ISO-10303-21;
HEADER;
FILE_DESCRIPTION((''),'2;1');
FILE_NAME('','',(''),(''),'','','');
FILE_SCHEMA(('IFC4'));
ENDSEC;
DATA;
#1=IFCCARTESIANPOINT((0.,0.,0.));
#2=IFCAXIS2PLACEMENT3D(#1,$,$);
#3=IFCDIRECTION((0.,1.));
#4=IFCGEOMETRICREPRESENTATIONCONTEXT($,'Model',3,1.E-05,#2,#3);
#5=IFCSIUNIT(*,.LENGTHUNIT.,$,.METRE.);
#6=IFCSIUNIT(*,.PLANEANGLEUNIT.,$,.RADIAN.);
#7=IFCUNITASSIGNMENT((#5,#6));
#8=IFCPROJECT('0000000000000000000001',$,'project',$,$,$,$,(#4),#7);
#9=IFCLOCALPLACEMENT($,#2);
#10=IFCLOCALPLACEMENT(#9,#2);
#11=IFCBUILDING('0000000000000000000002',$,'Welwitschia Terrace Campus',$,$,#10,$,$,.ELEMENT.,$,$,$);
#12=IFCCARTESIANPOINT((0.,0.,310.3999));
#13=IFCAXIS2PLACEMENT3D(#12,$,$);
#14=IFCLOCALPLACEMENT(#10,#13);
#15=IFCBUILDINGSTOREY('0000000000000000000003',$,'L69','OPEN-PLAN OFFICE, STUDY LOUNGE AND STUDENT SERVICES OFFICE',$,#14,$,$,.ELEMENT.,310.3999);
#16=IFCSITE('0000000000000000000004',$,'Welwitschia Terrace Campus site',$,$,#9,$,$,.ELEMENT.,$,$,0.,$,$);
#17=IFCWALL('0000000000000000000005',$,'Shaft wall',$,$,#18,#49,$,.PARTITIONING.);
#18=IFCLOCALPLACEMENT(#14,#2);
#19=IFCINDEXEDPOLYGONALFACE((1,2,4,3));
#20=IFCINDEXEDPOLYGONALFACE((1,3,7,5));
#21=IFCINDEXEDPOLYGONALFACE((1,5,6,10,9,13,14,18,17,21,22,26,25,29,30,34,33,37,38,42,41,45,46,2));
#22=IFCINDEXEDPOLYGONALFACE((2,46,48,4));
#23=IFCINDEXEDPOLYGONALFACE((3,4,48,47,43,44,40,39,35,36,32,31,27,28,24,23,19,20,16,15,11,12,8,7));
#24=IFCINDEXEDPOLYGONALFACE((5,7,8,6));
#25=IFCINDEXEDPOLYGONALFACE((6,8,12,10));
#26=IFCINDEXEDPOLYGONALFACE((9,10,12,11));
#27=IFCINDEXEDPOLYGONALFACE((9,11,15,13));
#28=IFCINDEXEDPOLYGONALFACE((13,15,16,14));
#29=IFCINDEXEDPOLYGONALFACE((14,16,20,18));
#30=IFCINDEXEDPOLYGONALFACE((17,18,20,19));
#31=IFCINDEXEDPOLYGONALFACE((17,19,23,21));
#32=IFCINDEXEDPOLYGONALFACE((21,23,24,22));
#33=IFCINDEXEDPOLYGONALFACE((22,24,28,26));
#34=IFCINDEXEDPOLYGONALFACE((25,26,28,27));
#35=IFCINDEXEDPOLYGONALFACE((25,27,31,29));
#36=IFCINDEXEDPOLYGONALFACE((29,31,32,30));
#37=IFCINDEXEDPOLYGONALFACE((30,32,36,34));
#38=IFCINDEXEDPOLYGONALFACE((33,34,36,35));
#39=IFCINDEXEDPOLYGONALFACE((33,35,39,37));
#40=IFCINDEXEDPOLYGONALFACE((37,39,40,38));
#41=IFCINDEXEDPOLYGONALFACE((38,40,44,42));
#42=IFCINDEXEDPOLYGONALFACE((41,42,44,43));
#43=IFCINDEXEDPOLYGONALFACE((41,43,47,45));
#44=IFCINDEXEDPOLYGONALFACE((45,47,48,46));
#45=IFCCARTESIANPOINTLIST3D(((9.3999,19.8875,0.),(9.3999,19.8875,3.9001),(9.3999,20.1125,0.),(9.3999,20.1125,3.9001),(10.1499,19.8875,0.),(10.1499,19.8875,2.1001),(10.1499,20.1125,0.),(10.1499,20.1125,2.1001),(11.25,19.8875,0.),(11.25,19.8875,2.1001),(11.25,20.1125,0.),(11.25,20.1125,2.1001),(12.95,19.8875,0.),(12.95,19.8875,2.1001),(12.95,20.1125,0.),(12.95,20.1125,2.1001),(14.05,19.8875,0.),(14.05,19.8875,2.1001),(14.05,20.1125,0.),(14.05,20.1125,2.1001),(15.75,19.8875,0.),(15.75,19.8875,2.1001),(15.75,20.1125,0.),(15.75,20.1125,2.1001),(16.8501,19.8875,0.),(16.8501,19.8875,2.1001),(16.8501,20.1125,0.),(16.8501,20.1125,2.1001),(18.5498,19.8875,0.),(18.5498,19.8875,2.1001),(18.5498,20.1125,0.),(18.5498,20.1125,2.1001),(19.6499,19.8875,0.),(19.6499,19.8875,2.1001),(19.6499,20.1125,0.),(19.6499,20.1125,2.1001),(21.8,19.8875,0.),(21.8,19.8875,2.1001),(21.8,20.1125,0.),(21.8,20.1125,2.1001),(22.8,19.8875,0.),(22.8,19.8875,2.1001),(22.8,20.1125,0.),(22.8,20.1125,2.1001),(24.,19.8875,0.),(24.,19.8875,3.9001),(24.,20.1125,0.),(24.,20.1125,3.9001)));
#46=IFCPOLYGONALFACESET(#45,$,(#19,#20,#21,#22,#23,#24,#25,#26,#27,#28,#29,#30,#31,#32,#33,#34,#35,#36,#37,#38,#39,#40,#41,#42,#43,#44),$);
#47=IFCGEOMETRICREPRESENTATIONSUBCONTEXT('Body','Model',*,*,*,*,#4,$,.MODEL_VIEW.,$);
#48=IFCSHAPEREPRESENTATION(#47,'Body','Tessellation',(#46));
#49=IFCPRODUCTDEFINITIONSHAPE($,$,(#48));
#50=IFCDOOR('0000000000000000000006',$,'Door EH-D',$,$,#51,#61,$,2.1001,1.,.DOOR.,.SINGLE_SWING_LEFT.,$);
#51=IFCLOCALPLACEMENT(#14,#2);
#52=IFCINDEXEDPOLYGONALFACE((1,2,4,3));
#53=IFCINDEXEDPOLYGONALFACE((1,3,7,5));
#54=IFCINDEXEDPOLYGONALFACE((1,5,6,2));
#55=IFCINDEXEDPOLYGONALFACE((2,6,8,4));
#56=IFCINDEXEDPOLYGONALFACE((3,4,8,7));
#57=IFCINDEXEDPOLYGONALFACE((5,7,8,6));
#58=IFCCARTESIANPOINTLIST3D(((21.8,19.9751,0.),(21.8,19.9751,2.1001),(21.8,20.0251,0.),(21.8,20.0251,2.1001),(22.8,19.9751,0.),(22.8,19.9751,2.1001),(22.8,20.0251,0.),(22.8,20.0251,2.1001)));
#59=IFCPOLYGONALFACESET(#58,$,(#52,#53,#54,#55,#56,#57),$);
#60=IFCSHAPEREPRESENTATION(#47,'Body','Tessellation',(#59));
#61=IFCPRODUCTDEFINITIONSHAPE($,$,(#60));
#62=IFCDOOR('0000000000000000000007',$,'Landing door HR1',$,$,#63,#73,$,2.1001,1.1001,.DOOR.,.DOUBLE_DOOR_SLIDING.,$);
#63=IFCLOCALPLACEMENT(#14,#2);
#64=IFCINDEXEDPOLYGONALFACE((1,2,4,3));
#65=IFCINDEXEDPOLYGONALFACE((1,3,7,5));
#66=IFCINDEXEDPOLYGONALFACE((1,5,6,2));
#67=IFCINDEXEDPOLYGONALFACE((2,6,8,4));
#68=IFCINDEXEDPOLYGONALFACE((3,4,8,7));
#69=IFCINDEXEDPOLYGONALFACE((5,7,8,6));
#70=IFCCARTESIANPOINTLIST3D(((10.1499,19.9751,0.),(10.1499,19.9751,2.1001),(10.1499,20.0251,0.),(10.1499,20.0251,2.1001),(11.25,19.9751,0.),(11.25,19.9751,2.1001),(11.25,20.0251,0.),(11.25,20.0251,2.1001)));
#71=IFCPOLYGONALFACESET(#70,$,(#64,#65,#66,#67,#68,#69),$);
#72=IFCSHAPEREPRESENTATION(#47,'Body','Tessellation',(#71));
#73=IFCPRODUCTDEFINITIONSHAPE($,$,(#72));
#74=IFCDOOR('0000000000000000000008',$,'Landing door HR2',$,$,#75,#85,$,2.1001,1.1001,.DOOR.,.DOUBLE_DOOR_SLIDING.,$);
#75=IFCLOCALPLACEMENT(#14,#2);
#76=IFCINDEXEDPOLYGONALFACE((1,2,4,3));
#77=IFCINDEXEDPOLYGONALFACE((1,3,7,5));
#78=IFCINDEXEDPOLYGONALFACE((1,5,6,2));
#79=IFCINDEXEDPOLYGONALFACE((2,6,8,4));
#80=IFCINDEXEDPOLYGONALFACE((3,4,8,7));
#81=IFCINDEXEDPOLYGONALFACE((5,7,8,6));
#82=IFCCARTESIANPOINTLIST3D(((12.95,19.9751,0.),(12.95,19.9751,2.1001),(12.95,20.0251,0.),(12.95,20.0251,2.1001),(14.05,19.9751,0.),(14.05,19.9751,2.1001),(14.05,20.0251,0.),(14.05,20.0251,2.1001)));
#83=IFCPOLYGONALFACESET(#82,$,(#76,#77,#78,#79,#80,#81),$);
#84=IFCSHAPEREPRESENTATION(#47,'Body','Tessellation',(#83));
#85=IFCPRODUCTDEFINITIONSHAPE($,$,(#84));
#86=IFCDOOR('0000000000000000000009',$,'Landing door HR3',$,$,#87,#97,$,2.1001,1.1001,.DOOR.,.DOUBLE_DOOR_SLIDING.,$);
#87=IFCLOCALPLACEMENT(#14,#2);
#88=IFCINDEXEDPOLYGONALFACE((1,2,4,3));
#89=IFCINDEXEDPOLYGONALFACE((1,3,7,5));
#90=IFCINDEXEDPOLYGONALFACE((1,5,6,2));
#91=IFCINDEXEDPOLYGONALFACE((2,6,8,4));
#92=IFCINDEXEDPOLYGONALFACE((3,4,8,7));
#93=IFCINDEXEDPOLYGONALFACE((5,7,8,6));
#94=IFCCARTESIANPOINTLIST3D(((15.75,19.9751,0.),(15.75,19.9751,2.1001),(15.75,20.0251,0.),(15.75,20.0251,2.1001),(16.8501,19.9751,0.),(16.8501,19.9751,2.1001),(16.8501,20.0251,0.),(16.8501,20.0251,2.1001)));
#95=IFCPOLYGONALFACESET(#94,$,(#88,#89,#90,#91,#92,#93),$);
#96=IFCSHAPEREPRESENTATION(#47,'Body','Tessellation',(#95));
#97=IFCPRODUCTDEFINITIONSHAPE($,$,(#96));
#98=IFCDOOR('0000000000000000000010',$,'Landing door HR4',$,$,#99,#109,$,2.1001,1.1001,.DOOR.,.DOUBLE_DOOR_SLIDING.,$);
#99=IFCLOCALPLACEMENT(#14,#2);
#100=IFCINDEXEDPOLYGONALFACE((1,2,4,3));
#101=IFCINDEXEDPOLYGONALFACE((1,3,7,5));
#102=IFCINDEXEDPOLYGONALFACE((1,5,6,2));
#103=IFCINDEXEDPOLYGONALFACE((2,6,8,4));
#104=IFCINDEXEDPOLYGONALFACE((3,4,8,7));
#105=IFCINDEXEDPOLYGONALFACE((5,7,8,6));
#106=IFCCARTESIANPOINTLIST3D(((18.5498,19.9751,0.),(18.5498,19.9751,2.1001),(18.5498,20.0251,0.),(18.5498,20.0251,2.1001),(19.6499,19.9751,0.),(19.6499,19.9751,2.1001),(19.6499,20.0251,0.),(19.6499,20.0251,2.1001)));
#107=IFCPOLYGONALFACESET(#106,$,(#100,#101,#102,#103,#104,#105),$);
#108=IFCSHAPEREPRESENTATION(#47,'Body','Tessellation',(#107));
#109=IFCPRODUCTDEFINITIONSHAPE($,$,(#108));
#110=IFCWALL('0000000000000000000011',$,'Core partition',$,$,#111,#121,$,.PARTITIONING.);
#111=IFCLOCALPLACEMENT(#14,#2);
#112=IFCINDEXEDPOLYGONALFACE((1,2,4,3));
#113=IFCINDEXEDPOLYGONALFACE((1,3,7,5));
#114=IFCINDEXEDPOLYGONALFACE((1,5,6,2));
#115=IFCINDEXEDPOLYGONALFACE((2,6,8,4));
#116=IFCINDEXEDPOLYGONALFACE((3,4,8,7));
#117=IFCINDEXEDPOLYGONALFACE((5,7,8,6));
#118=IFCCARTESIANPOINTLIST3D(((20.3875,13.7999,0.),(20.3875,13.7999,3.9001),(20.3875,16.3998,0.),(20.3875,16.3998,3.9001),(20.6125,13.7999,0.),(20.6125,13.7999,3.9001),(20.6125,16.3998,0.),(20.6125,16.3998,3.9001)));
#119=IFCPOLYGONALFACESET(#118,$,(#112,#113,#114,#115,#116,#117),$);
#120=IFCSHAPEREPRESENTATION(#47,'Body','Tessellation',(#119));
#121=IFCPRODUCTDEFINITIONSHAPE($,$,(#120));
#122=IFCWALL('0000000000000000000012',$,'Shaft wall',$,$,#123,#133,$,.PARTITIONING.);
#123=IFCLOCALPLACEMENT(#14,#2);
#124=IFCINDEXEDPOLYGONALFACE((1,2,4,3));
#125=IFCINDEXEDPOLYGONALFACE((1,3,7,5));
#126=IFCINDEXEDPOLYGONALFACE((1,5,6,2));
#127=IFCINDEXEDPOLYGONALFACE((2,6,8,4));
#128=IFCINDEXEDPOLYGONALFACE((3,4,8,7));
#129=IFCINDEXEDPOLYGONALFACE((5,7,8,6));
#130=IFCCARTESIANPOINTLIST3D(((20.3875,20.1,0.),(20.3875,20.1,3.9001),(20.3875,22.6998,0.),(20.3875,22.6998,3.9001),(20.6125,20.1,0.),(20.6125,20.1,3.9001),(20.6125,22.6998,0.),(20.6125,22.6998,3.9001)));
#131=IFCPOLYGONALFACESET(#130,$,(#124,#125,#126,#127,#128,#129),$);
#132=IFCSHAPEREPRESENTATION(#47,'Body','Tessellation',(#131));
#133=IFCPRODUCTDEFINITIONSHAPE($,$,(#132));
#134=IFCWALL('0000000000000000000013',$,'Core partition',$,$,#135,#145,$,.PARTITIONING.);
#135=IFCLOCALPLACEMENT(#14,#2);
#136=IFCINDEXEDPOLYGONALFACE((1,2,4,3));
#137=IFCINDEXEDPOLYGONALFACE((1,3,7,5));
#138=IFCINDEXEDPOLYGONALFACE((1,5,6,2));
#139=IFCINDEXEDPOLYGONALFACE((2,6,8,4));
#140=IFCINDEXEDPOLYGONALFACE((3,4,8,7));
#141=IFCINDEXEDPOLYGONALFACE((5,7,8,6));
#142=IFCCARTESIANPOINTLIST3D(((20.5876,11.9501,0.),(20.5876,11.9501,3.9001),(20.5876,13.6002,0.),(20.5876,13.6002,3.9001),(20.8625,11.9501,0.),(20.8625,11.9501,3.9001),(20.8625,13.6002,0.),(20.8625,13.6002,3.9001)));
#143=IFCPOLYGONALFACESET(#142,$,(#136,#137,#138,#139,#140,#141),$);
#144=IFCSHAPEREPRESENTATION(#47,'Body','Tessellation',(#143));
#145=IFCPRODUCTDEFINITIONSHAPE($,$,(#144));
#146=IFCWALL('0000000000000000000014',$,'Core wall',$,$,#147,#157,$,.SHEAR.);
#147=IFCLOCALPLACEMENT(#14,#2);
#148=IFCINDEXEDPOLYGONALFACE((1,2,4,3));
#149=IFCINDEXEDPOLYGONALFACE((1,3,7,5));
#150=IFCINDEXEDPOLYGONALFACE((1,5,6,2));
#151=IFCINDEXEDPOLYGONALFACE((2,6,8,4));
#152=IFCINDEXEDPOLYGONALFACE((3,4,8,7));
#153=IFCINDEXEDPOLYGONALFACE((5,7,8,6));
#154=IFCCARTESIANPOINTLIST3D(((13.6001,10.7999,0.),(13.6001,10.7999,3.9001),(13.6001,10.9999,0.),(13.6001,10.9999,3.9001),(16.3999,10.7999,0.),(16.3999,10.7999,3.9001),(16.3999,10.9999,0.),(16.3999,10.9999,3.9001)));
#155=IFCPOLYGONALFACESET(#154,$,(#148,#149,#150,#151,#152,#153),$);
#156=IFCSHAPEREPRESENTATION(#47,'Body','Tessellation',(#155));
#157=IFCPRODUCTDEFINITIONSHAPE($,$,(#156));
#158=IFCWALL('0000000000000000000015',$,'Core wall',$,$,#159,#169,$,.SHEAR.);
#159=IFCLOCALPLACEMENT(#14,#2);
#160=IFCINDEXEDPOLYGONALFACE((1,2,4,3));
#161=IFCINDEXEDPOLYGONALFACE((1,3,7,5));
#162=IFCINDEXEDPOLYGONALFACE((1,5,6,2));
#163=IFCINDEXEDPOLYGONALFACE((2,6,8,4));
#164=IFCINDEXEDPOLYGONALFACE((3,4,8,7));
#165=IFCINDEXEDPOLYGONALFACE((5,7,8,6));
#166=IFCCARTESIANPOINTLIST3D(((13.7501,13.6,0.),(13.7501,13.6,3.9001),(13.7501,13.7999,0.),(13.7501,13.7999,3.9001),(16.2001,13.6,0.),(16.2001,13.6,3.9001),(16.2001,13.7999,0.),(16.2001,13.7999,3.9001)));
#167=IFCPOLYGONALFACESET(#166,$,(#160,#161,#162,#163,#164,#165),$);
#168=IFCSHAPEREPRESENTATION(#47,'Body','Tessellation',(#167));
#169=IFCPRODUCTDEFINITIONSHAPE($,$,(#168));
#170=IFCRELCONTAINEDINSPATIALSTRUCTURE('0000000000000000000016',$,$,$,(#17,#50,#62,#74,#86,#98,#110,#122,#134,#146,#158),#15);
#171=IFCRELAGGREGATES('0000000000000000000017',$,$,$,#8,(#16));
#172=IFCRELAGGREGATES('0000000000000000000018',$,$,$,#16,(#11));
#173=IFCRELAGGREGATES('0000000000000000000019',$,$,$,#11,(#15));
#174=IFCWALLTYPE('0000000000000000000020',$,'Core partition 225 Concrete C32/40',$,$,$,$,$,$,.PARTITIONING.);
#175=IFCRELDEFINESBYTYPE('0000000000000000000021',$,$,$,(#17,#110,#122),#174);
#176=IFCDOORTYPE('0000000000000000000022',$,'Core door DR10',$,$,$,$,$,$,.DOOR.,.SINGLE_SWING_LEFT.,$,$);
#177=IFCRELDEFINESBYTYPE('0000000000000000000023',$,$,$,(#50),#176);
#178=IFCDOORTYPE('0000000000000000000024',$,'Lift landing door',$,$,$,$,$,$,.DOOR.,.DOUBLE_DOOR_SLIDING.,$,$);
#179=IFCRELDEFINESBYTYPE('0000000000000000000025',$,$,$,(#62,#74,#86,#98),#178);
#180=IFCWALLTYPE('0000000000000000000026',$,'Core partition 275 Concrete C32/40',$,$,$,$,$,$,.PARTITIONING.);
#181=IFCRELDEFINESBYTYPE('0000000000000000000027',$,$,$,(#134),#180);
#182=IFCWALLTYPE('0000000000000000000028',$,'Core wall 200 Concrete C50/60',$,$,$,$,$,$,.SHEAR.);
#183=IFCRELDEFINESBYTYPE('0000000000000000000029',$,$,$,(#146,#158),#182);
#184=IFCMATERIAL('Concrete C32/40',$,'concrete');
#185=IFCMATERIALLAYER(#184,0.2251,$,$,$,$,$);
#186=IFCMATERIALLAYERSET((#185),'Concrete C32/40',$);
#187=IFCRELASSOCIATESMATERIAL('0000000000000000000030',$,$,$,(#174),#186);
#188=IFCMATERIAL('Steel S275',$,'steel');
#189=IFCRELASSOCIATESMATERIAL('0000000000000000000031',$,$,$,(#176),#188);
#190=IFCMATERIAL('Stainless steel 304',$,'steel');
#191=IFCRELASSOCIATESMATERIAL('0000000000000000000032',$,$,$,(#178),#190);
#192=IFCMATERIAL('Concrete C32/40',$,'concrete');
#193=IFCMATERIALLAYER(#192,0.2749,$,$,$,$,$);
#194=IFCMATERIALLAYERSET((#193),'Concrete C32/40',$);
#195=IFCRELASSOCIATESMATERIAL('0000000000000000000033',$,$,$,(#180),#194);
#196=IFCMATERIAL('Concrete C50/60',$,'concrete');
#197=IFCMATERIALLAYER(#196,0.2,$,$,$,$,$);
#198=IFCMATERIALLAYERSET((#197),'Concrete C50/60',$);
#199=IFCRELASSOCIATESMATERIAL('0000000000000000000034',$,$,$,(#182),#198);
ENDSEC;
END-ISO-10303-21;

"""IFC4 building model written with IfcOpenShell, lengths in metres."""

from ifc_helpers import new_model, si_unit, direction, frame, frame_2d, origin, place, context, subcontext, project, spatial, rectangle, extrude, material, layer, layer_set, type_object, element, fill, save


model = new_model("IFC4")

# Units and contexts
model_context = context("Model", 3, precision=1e-05, world=origin(), true_north=direction((0.0, 1.0)))
body_context = subcontext(model_context, "Body", "Model", "MODEL_VIEW")
ifc_project = project(units=[si_unit("LENGTHUNIT", "METRE"), si_unit("PLANEANGLEUNIT", "RADIAN")], contexts=[model_context])

# Site, building, storey
site_placement = place(None, origin())
site = spatial("IfcSite", under=ifc_project, at=site_placement, Name="Welwitschia Terrace Campus site", CompositionType="ELEMENT", RefElevation=0.0)
building_placement = place(site_placement, origin())
building = spatial("IfcBuilding", under=site, at=building_placement, Name="Welwitschia Terrace Campus", CompositionType="ELEMENT")
storey_placement = place(building_placement, frame((0.0, 0.0, 310.3999)))
storey = spatial("IfcBuildingStorey", under=building, at=storey_placement, Name="L69", Description="OPEN-PLAN OFFICE, STUDY LOUNGE AND STUDENT SERVICES OFFICE", CompositionType="ELEMENT", Elevation=310.3999)

# Shared definitions
ifc_material_1 = material(Name="Concrete C32/40", Category="concrete")
ifc_layer_1 = layer(ifc_material_1, 0.2251)
ifc_layer_set_1 = layer_set([ifc_layer_1], Name="Concrete C32/40")
wall_type_1 = type_object("IfcWallType", Name="Core partition 225 Concrete C32/40", PredefinedType="PARTITIONING", material=ifc_layer_set_1)

# Wall, openings, doors
wall_1_placement = place(storey_placement, frame((24.0, 20.0, 0.0), z_axis=(0.0, 0.0, 1.0), x_axis=(-1.0, 0.0, 0.0)))
wall_1 = element("IfcWall", 1, at=wall_1_placement, inside=storey, type_object=wall_type_1, Name="Shaft wall", PredefinedType="PARTITIONING", context=body_context, shape_type="SweptSolid", body=[
    extrude(rectangle(XDim=14.6001, YDim=0.2251, at=frame_2d((7.3, 0.0))), origin(), (0.0, 0.0, 1.0), 3.9001),
])
opening_1_placement = place(wall_1_placement, frame((12.75, 0.0, 0.0)))
opening_1 = element("IfcOpeningElement", 2, at=opening_1_placement, cuts=wall_1, PredefinedType="OPENING", context=body_context, shape_type="SweptSolid", body=[
    extrude(rectangle(XDim=1.1001, YDim=2.1001, at=frame_2d((0.55, 1.05))), frame((0.0, 0.1226, 0.0), z_axis=(0.0, -1.0, 0.0), x_axis=(1.0, 0.0, 0.0)), (0.0, 0.0, 1.0), 0.2451),
])
opening_2_placement = place(wall_1_placement, frame((9.95, 0.0, 0.0)))
opening_2 = element("IfcOpeningElement", 3, at=opening_2_placement, cuts=wall_1, PredefinedType="OPENING", context=body_context, shape_type="SweptSolid", body=[
    extrude(rectangle(XDim=1.1001, YDim=2.1001, at=frame_2d((0.55, 1.05))), frame((0.0, 0.1226, 0.0), z_axis=(0.0, -1.0, 0.0), x_axis=(1.0, 0.0, 0.0)), (0.0, 0.0, 1.0), 0.2451),
])
opening_3_placement = place(wall_1_placement, frame((7.1499, 0.0, 0.0)))
opening_3 = element("IfcOpeningElement", 4, at=opening_3_placement, cuts=wall_1, PredefinedType="OPENING", context=body_context, shape_type="SweptSolid", body=[
    extrude(rectangle(XDim=1.1001, YDim=2.1001, at=frame_2d((0.55, 1.05))), frame((0.0, 0.1226, 0.0), z_axis=(0.0, -1.0, 0.0), x_axis=(1.0, 0.0, 0.0)), (0.0, 0.0, 1.0), 0.2451),
])
opening_4_placement = place(wall_1_placement, frame((4.3501, 0.0, 0.0)))
opening_4 = element("IfcOpeningElement", 5, at=opening_4_placement, cuts=wall_1, PredefinedType="OPENING", context=body_context, shape_type="SweptSolid", body=[
    extrude(rectangle(XDim=1.1001, YDim=2.1001, at=frame_2d((0.55, 1.05))), frame((0.0, 0.1226, 0.0), z_axis=(0.0, -1.0, 0.0), x_axis=(1.0, 0.0, 0.0)), (0.0, 0.0, 1.0), 0.2451),
])
opening_5_placement = place(wall_1_placement, frame((1.2, 0.0, 0.0)))
opening_5 = element("IfcOpeningElement", 6, at=opening_5_placement, cuts=wall_1, PredefinedType="OPENING", context=body_context, shape_type="SweptSolid", body=[
    extrude(rectangle(XDim=1.0, YDim=2.1001, at=frame_2d((0.5, 1.05))), frame((0.0, 0.1226, 0.0), z_axis=(0.0, -1.0, 0.0), x_axis=(1.0, 0.0, 0.0)), (0.0, 0.0, 1.0), 0.2451),
])
ifc_material_2 = material(Name="Steel S275", Category="steel")
door_type_1 = type_object("IfcDoorType", Name="Core door DR10", OperationType="SINGLE_SWING_LEFT", PredefinedType="DOOR", material=ifc_material_2)
door_1_placement = place(opening_5_placement, origin())
door_1 = element("IfcDoor", 7, at=door_1_placement, inside=storey, type_object=door_type_1, Name="Door EH-D", OperationType="SINGLE_SWING_LEFT", OverallHeight=2.1001, OverallWidth=1.0, PredefinedType="DOOR", context=body_context, shape_type="SweptSolid", body=[
    extrude(rectangle(XDim=1.0, YDim=2.1001, at=frame_2d((0.5, 1.05))), frame((0.0, 0.0249, 0.0), z_axis=(0.0, -1.0, 0.0), x_axis=(1.0, 0.0, 0.0)), (0.0, 0.0, 1.0), 0.05),
])
fill(opening_5, door_1)
ifc_material_3 = material(Name="Stainless steel 304", Category="steel")
door_type_2 = type_object("IfcDoorType", Name="Lift landing door", OperationType="DOUBLE_DOOR_SLIDING", PredefinedType="DOOR", material=ifc_material_3)
door_2_placement = place(opening_1_placement, origin())
door_2 = element("IfcDoor", 8, at=door_2_placement, inside=storey, type_object=door_type_2, Name="Landing door HR1", OperationType="DOUBLE_DOOR_SLIDING", OverallHeight=2.1001, OverallWidth=1.1001, PredefinedType="DOOR", context=body_context, shape_type="SweptSolid", body=[
    extrude(rectangle(XDim=1.1001, YDim=2.1001, at=frame_2d((0.55, 1.05))), frame((0.0, 0.0249, 0.0), z_axis=(0.0, -1.0, 0.0), x_axis=(1.0, 0.0, 0.0)), (0.0, 0.0, 1.0), 0.05),
])
fill(opening_1, door_2)
door_3_placement = place(opening_2_placement, origin())
door_3 = element("IfcDoor", 9, at=door_3_placement, inside=storey, type_object=door_type_2, Name="Landing door HR2", OperationType="DOUBLE_DOOR_SLIDING", OverallHeight=2.1001, OverallWidth=1.1001, PredefinedType="DOOR", context=body_context, shape_type="SweptSolid", body=[
    extrude(rectangle(XDim=1.1001, YDim=2.1001, at=frame_2d((0.55, 1.05))), frame((0.0, 0.0249, 0.0), z_axis=(0.0, -1.0, 0.0), x_axis=(1.0, 0.0, 0.0)), (0.0, 0.0, 1.0), 0.05),
])
fill(opening_2, door_3)
door_4_placement = place(opening_3_placement, origin())
door_4 = element("IfcDoor", 10, at=door_4_placement, inside=storey, type_object=door_type_2, Name="Landing door HR3", OperationType="DOUBLE_DOOR_SLIDING", OverallHeight=2.1001, OverallWidth=1.1001, PredefinedType="DOOR", context=body_context, shape_type="SweptSolid", body=[
    extrude(rectangle(XDim=1.1001, YDim=2.1001, at=frame_2d((0.55, 1.05))), frame((0.0, 0.0249, 0.0), z_axis=(0.0, -1.0, 0.0), x_axis=(1.0, 0.0, 0.0)), (0.0, 0.0, 1.0), 0.05),
])
fill(opening_3, door_4)
door_5_placement = place(opening_4_placement, origin())
door_5 = element("IfcDoor", 11, at=door_5_placement, inside=storey, type_object=door_type_2, Name="Landing door HR4", OperationType="DOUBLE_DOOR_SLIDING", OverallHeight=2.1001, OverallWidth=1.1001, PredefinedType="DOOR", context=body_context, shape_type="SweptSolid", body=[
    extrude(rectangle(XDim=1.1001, YDim=2.1001, at=frame_2d((0.55, 1.05))), frame((0.0, 0.0249, 0.0), z_axis=(0.0, -1.0, 0.0), x_axis=(1.0, 0.0, 0.0)), (0.0, 0.0, 1.0), 0.05),
])
fill(opening_4, door_5)

# Walls
for number, where, z_axis, x_axis, name in (
    (12, (20.5, 13.8, 0.0), (0.0, 0.0, 1.0), (0.0, 1.0, 0.0), "Core partition"),
    (13, (20.5, 20.1001, 0.0), (0.0, 0.0, 1.0), (0.0, 1.0, 0.0), "Shaft wall"),
):
    element("IfcWall", number, at=place(storey_placement, frame(where, z_axis=z_axis, x_axis=x_axis)), inside=storey, type_object=wall_type_1, Name=name, PredefinedType="PARTITIONING", context=body_context, shape_type="SweptSolid", body=[
        extrude(rectangle(XDim=2.5999, YDim=0.2251, at=frame_2d((1.2998, 0.0))), origin(), (0.0, 0.0, 1.0), 3.9001),
    ])
ifc_material_4 = material(Name="Concrete C32/40", Category="concrete")
ifc_layer_2 = layer(ifc_material_4, 0.2749)
ifc_layer_set_2 = layer_set([ifc_layer_2], Name="Concrete C32/40")
wall_type_2 = type_object("IfcWallType", Name="Core partition 275 Concrete C32/40", PredefinedType="PARTITIONING", material=ifc_layer_set_2)
wall_2_placement = place(storey_placement, frame((20.7251, 11.95, 0.0), z_axis=(0.0, 0.0, 1.0), x_axis=(0.0, 1.0, 0.0)))
element("IfcWall", 14, at=wall_2_placement, inside=storey, type_object=wall_type_2, Name="Core partition", PredefinedType="PARTITIONING", context=body_context, shape_type="SweptSolid", body=[
    extrude(rectangle(XDim=1.6501, YDim=0.2749, at=frame_2d((0.8252, 0.0))), origin(), (0.0, 0.0, 1.0), 3.9001),
])
ifc_material_5 = material(Name="Concrete C50/60", Category="concrete")
ifc_layer_3 = layer(ifc_material_5, 0.2)
ifc_layer_set_3 = layer_set([ifc_layer_3], Name="Concrete C50/60")
wall_type_3 = type_object("IfcWallType", Name="Core wall 200 Concrete C50/60", PredefinedType="SHEAR", material=ifc_layer_set_3)
wall_3_placement = place(storey_placement, frame((13.6001, 10.8999, 0.0), z_axis=(0.0, 0.0, 1.0), x_axis=(1.0, 0.0, 0.0)))
element("IfcWall", 15, at=wall_3_placement, inside=storey, type_object=wall_type_3, Name="Core wall", PredefinedType="SHEAR", context=body_context, shape_type="SweptSolid", body=[
    extrude(rectangle(XDim=2.7998, YDim=0.2, at=frame_2d((1.3999, 0.0))), origin(), (0.0, 0.0, 1.0), 3.9001),
])
wall_4_placement = place(storey_placement, frame((13.75, 13.7, 0.0), z_axis=(0.0, 0.0, 1.0), x_axis=(1.0, 0.0, 0.0)))
element("IfcWall", 16, at=wall_4_placement, inside=storey, type_object=wall_type_3, Name="Core wall", PredefinedType="SHEAR", context=body_context, shape_type="SweptSolid", body=[
    extrude(rectangle(XDim=2.45, YDim=0.2, at=frame_2d((1.2251, 0.0))), origin(), (0.0, 0.0, 1.0), 3.9001),
])

save(model, "model.ifc")
